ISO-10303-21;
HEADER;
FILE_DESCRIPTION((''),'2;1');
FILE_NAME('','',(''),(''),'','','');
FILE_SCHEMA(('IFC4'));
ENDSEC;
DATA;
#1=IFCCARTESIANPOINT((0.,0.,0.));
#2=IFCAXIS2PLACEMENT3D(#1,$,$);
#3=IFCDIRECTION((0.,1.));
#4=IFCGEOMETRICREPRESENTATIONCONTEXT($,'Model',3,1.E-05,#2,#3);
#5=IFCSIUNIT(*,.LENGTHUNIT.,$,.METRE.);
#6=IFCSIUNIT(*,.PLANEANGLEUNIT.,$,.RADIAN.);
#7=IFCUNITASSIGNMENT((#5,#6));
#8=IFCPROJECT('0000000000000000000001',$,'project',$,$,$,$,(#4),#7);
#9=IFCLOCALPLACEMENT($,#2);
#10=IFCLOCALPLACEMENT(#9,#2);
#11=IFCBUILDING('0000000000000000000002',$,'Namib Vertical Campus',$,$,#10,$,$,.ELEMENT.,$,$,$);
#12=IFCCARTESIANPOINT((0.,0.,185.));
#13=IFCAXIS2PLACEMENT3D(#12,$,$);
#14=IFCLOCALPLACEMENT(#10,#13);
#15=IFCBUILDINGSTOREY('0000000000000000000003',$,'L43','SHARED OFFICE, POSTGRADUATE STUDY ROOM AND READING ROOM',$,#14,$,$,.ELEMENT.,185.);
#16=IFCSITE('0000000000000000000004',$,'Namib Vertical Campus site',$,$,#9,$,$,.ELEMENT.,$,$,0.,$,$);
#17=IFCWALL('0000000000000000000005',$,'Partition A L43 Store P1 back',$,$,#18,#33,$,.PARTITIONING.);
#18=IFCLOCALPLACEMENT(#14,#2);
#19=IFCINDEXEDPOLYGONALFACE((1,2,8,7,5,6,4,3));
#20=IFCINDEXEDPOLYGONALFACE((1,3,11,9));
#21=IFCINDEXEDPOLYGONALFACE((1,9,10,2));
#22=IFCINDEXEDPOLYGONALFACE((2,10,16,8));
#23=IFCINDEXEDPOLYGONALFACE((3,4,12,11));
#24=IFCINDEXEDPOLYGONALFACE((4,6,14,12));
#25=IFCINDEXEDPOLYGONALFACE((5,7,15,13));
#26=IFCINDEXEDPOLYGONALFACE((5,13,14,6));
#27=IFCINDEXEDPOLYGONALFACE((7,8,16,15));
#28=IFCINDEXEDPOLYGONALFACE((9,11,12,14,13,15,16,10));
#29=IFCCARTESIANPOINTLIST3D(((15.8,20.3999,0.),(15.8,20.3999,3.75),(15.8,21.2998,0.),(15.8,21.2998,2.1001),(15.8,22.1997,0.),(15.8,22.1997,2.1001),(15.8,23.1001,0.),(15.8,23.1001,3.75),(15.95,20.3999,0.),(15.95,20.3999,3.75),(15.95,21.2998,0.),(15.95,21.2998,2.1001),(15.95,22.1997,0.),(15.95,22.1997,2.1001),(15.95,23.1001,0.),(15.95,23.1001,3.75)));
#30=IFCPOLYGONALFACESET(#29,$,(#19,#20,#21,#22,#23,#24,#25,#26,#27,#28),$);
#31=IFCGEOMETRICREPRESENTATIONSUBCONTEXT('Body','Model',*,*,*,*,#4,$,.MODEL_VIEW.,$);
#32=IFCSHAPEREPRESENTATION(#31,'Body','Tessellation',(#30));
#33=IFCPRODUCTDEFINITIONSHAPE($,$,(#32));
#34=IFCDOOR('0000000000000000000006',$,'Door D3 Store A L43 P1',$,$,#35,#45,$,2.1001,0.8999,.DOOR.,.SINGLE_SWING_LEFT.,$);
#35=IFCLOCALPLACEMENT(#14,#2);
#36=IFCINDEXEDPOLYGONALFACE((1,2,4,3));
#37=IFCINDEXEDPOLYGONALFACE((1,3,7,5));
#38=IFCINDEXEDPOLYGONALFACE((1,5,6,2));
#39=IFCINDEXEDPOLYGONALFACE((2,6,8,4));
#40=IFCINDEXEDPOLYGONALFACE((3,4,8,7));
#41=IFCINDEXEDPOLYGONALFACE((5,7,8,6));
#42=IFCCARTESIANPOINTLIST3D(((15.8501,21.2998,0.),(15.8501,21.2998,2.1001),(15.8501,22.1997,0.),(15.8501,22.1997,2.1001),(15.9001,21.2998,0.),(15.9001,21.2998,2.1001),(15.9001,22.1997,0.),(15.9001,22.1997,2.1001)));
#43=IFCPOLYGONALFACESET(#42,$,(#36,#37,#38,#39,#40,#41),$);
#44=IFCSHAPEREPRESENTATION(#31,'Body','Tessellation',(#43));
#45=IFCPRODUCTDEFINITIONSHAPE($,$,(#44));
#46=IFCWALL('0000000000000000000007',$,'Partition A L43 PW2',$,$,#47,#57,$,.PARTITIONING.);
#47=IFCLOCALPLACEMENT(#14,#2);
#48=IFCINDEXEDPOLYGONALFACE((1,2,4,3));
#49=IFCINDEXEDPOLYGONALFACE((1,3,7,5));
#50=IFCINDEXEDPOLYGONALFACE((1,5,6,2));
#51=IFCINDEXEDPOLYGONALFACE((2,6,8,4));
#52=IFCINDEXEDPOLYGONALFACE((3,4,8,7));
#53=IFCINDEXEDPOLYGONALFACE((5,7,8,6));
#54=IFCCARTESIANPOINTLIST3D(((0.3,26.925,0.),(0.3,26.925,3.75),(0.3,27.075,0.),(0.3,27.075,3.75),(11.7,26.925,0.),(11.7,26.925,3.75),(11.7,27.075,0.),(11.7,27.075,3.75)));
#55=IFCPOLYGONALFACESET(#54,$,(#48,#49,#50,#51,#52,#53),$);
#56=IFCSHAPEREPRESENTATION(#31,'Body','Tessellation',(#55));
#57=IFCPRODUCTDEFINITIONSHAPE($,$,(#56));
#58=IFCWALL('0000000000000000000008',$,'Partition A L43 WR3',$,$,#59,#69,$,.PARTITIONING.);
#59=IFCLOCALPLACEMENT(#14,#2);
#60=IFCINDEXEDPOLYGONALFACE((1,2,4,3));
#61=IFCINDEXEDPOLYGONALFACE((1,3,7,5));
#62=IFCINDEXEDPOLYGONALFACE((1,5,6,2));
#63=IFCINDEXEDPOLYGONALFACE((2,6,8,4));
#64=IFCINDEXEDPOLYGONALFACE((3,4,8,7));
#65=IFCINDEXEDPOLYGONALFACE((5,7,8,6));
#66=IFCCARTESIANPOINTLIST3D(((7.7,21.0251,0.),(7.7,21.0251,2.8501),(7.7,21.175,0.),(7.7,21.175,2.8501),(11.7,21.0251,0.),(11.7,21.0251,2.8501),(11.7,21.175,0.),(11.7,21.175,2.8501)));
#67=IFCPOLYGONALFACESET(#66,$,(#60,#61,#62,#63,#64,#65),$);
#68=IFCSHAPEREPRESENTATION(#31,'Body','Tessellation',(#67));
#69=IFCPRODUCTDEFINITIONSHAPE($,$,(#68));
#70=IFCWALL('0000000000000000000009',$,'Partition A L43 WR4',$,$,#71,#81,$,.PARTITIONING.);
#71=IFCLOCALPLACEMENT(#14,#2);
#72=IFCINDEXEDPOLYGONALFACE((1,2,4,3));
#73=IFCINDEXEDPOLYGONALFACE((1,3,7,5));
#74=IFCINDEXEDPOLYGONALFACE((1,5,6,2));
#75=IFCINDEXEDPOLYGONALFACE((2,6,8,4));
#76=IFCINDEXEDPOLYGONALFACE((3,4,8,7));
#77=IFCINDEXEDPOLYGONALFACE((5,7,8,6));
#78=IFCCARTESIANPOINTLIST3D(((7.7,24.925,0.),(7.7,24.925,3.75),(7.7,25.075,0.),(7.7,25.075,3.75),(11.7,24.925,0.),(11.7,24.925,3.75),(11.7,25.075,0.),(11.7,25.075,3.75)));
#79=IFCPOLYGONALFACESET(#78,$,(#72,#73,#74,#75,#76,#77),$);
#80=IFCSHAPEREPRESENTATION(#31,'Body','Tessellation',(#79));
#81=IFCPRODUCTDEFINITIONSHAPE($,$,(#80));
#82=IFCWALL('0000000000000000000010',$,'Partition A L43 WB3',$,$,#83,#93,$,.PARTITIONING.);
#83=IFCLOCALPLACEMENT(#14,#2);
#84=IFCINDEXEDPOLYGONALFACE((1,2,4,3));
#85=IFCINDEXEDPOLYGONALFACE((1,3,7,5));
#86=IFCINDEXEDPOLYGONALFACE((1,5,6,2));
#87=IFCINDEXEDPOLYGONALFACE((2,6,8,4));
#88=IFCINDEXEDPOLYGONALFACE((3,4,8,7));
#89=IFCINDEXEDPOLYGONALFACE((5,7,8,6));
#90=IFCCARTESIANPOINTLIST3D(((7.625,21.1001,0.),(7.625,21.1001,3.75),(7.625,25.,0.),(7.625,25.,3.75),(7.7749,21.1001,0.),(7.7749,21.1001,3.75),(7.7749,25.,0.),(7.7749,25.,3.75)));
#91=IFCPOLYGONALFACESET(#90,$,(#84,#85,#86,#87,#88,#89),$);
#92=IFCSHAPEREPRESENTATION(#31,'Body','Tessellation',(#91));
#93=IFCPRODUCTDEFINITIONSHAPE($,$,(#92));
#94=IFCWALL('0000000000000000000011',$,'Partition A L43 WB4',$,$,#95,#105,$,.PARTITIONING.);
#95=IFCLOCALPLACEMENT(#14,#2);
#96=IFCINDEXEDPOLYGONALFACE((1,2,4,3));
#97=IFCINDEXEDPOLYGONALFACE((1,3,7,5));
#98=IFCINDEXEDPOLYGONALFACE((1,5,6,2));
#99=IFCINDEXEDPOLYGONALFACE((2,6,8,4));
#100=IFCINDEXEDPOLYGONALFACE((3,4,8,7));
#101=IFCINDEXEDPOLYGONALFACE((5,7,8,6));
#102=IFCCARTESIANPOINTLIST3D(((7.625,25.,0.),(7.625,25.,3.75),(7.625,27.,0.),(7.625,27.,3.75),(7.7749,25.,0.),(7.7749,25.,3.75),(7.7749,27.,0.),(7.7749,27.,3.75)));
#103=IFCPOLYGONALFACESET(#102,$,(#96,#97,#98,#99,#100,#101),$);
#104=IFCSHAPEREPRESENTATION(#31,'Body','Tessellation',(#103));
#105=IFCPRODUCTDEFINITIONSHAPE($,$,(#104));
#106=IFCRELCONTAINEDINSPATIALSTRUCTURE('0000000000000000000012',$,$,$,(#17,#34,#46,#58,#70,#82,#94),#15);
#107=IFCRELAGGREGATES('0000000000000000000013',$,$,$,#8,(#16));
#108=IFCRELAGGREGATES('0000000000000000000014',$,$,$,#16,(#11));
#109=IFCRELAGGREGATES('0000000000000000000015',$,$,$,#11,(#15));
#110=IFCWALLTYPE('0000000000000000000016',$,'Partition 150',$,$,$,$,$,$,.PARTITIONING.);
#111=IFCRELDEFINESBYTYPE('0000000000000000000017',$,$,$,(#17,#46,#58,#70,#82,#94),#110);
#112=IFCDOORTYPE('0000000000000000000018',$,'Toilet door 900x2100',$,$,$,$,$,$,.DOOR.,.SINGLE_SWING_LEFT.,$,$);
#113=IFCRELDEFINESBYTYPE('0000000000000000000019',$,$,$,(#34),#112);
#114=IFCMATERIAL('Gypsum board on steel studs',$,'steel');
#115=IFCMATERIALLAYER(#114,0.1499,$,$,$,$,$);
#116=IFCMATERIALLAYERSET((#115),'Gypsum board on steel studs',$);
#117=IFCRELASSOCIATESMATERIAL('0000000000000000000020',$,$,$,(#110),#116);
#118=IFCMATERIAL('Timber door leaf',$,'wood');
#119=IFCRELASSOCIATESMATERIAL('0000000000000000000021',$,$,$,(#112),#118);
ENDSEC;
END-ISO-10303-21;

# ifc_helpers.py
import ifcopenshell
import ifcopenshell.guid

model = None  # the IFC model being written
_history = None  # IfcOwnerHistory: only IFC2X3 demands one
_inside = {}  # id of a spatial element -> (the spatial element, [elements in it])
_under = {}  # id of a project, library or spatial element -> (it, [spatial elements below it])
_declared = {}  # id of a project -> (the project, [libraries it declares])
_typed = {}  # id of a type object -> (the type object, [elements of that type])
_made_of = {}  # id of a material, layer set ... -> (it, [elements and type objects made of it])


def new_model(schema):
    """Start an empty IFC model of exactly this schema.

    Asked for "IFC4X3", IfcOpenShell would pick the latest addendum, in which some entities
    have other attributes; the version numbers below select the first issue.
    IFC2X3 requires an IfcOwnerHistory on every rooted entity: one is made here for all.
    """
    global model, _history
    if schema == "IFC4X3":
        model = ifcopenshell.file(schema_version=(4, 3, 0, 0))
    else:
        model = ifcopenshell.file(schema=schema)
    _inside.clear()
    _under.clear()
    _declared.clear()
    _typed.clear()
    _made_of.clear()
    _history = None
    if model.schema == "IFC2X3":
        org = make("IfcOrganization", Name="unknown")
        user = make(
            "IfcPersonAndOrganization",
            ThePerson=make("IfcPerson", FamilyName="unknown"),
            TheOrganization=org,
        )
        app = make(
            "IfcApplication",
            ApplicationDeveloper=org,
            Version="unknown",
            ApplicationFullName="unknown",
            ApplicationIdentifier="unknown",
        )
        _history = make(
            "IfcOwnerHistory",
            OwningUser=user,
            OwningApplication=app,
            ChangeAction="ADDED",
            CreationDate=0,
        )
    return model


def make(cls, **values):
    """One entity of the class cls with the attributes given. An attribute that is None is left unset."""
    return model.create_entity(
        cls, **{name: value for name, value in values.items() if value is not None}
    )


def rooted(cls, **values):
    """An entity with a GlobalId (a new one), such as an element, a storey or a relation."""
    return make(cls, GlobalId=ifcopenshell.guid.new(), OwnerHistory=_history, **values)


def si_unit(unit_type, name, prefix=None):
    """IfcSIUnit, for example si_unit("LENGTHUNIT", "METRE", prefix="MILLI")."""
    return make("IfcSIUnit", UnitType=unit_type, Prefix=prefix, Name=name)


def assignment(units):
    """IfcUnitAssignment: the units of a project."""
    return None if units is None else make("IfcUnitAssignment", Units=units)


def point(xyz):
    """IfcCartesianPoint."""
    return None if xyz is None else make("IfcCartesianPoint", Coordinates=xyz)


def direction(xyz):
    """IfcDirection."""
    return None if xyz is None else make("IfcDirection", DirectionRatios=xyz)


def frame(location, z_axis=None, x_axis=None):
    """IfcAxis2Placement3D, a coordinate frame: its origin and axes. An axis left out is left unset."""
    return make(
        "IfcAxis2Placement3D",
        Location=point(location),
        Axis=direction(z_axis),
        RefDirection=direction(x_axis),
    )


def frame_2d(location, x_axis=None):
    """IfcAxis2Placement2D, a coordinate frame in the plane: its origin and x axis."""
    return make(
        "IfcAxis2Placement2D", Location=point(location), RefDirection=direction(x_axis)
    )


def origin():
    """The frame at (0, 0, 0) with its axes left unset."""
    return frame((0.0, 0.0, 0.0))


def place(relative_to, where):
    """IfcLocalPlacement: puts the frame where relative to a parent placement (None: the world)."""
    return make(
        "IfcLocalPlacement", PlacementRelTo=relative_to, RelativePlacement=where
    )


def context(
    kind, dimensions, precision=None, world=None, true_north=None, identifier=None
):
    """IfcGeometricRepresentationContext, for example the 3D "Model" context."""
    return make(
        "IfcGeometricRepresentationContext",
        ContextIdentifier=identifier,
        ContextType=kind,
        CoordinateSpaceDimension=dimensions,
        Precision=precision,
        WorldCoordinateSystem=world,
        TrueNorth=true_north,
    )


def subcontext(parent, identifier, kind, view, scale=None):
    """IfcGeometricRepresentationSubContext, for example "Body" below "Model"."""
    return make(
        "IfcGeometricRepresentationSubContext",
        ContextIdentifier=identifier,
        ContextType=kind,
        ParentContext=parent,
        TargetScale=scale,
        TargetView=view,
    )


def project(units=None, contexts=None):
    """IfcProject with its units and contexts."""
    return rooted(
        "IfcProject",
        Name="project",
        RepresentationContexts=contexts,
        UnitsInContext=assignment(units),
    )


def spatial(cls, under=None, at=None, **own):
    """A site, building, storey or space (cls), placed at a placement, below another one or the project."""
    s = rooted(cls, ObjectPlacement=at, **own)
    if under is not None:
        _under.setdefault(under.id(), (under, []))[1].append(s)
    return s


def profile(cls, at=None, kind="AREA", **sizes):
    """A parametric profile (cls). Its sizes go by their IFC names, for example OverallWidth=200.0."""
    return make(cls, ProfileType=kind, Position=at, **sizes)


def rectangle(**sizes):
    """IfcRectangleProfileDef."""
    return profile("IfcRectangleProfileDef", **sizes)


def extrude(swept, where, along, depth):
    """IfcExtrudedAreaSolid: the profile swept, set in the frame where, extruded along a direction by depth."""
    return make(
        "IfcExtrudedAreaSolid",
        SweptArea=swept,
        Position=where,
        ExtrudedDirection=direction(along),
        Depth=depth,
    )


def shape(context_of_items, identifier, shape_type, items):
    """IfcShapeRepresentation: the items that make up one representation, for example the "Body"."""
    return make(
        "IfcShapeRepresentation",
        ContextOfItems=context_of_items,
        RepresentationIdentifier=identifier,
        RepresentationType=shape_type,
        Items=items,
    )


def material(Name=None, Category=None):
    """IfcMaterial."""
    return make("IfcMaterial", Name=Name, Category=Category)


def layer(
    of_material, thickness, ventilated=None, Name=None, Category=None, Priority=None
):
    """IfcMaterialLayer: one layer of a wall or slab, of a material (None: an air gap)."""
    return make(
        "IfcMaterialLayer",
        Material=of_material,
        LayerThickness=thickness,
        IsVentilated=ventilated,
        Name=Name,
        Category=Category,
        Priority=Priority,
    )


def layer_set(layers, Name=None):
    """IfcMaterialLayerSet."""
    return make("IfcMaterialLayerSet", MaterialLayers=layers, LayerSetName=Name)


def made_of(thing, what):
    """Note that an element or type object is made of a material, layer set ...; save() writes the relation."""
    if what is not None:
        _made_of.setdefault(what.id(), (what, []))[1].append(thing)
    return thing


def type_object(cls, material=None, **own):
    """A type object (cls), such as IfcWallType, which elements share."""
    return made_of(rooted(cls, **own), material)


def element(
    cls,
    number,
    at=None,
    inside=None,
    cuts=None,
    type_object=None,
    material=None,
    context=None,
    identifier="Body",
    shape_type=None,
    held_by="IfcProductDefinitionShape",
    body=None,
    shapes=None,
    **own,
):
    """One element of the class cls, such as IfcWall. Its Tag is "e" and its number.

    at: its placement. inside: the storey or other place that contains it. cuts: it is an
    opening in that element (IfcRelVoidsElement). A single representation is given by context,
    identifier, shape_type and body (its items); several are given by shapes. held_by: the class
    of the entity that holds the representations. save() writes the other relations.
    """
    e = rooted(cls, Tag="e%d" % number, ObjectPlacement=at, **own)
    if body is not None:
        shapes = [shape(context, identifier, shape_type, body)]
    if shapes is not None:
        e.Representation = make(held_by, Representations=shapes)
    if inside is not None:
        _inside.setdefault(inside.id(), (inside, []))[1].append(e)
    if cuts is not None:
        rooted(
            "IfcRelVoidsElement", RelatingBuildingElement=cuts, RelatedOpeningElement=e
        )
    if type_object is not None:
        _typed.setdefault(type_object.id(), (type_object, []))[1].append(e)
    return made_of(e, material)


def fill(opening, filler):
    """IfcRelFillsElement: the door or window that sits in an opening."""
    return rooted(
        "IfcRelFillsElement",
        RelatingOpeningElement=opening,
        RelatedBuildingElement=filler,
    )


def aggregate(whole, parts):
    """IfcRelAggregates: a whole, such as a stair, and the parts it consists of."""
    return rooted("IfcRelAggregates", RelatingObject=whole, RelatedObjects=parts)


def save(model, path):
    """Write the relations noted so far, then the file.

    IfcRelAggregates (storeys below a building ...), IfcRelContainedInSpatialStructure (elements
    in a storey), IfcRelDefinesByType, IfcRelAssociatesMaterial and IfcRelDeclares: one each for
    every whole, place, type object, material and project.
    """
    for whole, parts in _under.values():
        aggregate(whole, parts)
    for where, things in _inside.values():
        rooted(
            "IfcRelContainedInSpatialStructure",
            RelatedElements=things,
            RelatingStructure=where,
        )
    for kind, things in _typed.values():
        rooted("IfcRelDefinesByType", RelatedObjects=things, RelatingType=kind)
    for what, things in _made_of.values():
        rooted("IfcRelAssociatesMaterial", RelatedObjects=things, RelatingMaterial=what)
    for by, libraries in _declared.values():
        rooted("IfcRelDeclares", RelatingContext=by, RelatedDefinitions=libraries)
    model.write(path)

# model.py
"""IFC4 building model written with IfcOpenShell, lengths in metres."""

from ifc_helpers import new_model, si_unit, direction, frame, frame_2d, origin, place, context, subcontext, project, spatial, rectangle, extrude, material, layer, layer_set, type_object, element, fill, save


model = new_model("IFC4")

# Units and contexts
model_context = context("Model", 3, precision=1e-05, world=origin(), true_north=direction((0.0, 1.0)))
body_context = subcontext(model_context, "Body", "Model", "MODEL_VIEW")
ifc_project = project(units=[si_unit("LENGTHUNIT", "METRE"), si_unit("PLANEANGLEUNIT", "RADIAN")], contexts=[model_context])

# Site, building, storey
site_placement = place(None, origin())
site = spatial("IfcSite", under=ifc_project, at=site_placement, Name="Namib Vertical Campus site", CompositionType="ELEMENT", RefElevation=0.0)
building_placement = place(site_placement, origin())
building = spatial("IfcBuilding", under=site, at=building_placement, Name="Namib Vertical Campus", CompositionType="ELEMENT")
storey_placement = place(building_placement, frame((0.0, 0.0, 185.0)))
storey = spatial("IfcBuildingStorey", under=building, at=storey_placement, Name="L43", Description="SHARED OFFICE, POSTGRADUATE STUDY ROOM AND READING ROOM", CompositionType="ELEMENT", Elevation=185.0)

# Wall, opening, door
ifc_material_1 = material(Name="Gypsum board on steel studs", Category="steel")
ifc_layer_1 = layer(ifc_material_1, 0.1499)
ifc_layer_set_1 = layer_set([ifc_layer_1], Name="Gypsum board on steel studs")
wall_type_1 = type_object("IfcWallType", Name="Partition 150", PredefinedType="PARTITIONING", material=ifc_layer_set_1)
wall_1_placement = place(storey_placement, frame((15.875, 20.3999, 0.0), z_axis=(0.0, 0.0, 1.0), x_axis=(0.0, 1.0, 0.0)))
wall_1 = element("IfcWall", 1, at=wall_1_placement, inside=storey, type_object=wall_type_1, Name="Partition A L43 Store P1 back", PredefinedType="PARTITIONING", context=body_context, shape_type="SweptSolid", body=[
    extrude(rectangle(XDim=2.7002, YDim=0.1499, at=frame_2d((1.3501, 0.0))), origin(), (0.0, 0.0, 1.0), 3.75),
])
opening_1_placement = place(wall_1_placement, frame((0.8999, 0.0, 0.0)))
opening_1 = element("IfcOpeningElement", 2, at=opening_1_placement, cuts=wall_1, PredefinedType="OPENING", context=body_context, shape_type="SweptSolid", body=[
    extrude(rectangle(XDim=0.8999, YDim=2.1001, at=frame_2d((0.45, 1.05))), frame((0.0, 0.085, 0.0), z_axis=(0.0, -1.0, 0.0), x_axis=(1.0, 0.0, 0.0)), (0.0, 0.0, 1.0), 0.1699),
])
ifc_material_2 = material(Name="Timber door leaf", Category="wood")
door_type_1 = type_object("IfcDoorType", Name="Toilet door 900x2100", OperationType="SINGLE_SWING_LEFT", PredefinedType="DOOR", material=ifc_material_2)
door_1_placement = place(opening_1_placement, origin())
door_1 = element("IfcDoor", 3, at=door_1_placement, inside=storey, type_object=door_type_1, Name="Door D3 Store A L43 P1", OperationType="SINGLE_SWING_LEFT", OverallHeight=2.1001, OverallWidth=0.8999, PredefinedType="DOOR", context=body_context, shape_type="SweptSolid", body=[
    extrude(rectangle(XDim=0.8999, YDim=2.1001, at=frame_2d((0.45, 1.05))), frame((0.0, 0.0249, 0.0), z_axis=(0.0, -1.0, 0.0), x_axis=(1.0, 0.0, 0.0)), (0.0, 0.0, 1.0), 0.05),
])
fill(opening_1, door_1)

# Walls
wall_2_placement = place(storey_placement, frame((0.3, 27.0, 0.0), z_axis=(0.0, 0.0, 1.0), x_axis=(1.0, 0.0, 0.0)))
element("IfcWall", 4, at=wall_2_placement, inside=storey, type_object=wall_type_1, Name="Partition A L43 PW2", PredefinedType="PARTITIONING", context=body_context, shape_type="SweptSolid", body=[
    extrude(rectangle(XDim=11.3999, YDim=0.1499, at=frame_2d((5.7, 0.0))), origin(), (0.0, 0.0, 1.0), 3.75),
])
wall_3_placement = place(storey_placement, frame((11.7, 21.1001, 0.0), z_axis=(0.0, 0.0, 1.0), x_axis=(-1.0, 0.0, 0.0)))
element("IfcWall", 5, at=wall_3_placement, inside=storey, type_object=wall_type_1, Name="Partition A L43 WR3", PredefinedType="PARTITIONING", context=body_context, shape_type="SweptSolid", body=[
    extrude(rectangle(XDim=4.0, YDim=0.1499, at=frame_2d((2.0, 0.0))), origin(), (0.0, 0.0, 1.0), 2.8501),
])
wall_4_placement = place(storey_placement, frame((11.7, 25.0, 0.0), z_axis=(0.0, 0.0, 1.0), x_axis=(-1.0, 0.0, 0.0)))
element("IfcWall", 6, at=wall_4_placement, inside=storey, type_object=wall_type_1, Name="Partition A L43 WR4", PredefinedType="PARTITIONING", context=body_context, shape_type="SweptSolid", body=[
    extrude(rectangle(XDim=4.0, YDim=0.1499, at=frame_2d((2.0, 0.0))), origin(), (0.0, 0.0, 1.0), 3.75),
])
wall_5_placement = place(storey_placement, frame((7.7, 21.1001, 0.0), z_axis=(0.0, 0.0, 1.0), x_axis=(0.0, 1.0, 0.0)))
element("IfcWall", 7, at=wall_5_placement, inside=storey, type_object=wall_type_1, Name="Partition A L43 WB3", PredefinedType="PARTITIONING", context=body_context, shape_type="SweptSolid", body=[
    extrude(rectangle(XDim=3.8999, YDim=0.1499, at=frame_2d((1.95, 0.0))), origin(), (0.0, 0.0, 1.0), 3.75),
])
wall_6_placement = place(storey_placement, frame((7.7, 25.0, 0.0), z_axis=(0.0, 0.0, 1.0), x_axis=(0.0, 1.0, 0.0)))
element("IfcWall", 8, at=wall_6_placement, inside=storey, type_object=wall_type_1, Name="Partition A L43 WB4", PredefinedType="PARTITIONING", context=body_context, shape_type="SweptSolid", body=[
    extrude(rectangle(XDim=2.0, YDim=0.1499, at=frame_2d((1.0, 0.0))), origin(), (0.0, 0.0, 1.0), 3.75),
])

save(model, "model.ifc")
